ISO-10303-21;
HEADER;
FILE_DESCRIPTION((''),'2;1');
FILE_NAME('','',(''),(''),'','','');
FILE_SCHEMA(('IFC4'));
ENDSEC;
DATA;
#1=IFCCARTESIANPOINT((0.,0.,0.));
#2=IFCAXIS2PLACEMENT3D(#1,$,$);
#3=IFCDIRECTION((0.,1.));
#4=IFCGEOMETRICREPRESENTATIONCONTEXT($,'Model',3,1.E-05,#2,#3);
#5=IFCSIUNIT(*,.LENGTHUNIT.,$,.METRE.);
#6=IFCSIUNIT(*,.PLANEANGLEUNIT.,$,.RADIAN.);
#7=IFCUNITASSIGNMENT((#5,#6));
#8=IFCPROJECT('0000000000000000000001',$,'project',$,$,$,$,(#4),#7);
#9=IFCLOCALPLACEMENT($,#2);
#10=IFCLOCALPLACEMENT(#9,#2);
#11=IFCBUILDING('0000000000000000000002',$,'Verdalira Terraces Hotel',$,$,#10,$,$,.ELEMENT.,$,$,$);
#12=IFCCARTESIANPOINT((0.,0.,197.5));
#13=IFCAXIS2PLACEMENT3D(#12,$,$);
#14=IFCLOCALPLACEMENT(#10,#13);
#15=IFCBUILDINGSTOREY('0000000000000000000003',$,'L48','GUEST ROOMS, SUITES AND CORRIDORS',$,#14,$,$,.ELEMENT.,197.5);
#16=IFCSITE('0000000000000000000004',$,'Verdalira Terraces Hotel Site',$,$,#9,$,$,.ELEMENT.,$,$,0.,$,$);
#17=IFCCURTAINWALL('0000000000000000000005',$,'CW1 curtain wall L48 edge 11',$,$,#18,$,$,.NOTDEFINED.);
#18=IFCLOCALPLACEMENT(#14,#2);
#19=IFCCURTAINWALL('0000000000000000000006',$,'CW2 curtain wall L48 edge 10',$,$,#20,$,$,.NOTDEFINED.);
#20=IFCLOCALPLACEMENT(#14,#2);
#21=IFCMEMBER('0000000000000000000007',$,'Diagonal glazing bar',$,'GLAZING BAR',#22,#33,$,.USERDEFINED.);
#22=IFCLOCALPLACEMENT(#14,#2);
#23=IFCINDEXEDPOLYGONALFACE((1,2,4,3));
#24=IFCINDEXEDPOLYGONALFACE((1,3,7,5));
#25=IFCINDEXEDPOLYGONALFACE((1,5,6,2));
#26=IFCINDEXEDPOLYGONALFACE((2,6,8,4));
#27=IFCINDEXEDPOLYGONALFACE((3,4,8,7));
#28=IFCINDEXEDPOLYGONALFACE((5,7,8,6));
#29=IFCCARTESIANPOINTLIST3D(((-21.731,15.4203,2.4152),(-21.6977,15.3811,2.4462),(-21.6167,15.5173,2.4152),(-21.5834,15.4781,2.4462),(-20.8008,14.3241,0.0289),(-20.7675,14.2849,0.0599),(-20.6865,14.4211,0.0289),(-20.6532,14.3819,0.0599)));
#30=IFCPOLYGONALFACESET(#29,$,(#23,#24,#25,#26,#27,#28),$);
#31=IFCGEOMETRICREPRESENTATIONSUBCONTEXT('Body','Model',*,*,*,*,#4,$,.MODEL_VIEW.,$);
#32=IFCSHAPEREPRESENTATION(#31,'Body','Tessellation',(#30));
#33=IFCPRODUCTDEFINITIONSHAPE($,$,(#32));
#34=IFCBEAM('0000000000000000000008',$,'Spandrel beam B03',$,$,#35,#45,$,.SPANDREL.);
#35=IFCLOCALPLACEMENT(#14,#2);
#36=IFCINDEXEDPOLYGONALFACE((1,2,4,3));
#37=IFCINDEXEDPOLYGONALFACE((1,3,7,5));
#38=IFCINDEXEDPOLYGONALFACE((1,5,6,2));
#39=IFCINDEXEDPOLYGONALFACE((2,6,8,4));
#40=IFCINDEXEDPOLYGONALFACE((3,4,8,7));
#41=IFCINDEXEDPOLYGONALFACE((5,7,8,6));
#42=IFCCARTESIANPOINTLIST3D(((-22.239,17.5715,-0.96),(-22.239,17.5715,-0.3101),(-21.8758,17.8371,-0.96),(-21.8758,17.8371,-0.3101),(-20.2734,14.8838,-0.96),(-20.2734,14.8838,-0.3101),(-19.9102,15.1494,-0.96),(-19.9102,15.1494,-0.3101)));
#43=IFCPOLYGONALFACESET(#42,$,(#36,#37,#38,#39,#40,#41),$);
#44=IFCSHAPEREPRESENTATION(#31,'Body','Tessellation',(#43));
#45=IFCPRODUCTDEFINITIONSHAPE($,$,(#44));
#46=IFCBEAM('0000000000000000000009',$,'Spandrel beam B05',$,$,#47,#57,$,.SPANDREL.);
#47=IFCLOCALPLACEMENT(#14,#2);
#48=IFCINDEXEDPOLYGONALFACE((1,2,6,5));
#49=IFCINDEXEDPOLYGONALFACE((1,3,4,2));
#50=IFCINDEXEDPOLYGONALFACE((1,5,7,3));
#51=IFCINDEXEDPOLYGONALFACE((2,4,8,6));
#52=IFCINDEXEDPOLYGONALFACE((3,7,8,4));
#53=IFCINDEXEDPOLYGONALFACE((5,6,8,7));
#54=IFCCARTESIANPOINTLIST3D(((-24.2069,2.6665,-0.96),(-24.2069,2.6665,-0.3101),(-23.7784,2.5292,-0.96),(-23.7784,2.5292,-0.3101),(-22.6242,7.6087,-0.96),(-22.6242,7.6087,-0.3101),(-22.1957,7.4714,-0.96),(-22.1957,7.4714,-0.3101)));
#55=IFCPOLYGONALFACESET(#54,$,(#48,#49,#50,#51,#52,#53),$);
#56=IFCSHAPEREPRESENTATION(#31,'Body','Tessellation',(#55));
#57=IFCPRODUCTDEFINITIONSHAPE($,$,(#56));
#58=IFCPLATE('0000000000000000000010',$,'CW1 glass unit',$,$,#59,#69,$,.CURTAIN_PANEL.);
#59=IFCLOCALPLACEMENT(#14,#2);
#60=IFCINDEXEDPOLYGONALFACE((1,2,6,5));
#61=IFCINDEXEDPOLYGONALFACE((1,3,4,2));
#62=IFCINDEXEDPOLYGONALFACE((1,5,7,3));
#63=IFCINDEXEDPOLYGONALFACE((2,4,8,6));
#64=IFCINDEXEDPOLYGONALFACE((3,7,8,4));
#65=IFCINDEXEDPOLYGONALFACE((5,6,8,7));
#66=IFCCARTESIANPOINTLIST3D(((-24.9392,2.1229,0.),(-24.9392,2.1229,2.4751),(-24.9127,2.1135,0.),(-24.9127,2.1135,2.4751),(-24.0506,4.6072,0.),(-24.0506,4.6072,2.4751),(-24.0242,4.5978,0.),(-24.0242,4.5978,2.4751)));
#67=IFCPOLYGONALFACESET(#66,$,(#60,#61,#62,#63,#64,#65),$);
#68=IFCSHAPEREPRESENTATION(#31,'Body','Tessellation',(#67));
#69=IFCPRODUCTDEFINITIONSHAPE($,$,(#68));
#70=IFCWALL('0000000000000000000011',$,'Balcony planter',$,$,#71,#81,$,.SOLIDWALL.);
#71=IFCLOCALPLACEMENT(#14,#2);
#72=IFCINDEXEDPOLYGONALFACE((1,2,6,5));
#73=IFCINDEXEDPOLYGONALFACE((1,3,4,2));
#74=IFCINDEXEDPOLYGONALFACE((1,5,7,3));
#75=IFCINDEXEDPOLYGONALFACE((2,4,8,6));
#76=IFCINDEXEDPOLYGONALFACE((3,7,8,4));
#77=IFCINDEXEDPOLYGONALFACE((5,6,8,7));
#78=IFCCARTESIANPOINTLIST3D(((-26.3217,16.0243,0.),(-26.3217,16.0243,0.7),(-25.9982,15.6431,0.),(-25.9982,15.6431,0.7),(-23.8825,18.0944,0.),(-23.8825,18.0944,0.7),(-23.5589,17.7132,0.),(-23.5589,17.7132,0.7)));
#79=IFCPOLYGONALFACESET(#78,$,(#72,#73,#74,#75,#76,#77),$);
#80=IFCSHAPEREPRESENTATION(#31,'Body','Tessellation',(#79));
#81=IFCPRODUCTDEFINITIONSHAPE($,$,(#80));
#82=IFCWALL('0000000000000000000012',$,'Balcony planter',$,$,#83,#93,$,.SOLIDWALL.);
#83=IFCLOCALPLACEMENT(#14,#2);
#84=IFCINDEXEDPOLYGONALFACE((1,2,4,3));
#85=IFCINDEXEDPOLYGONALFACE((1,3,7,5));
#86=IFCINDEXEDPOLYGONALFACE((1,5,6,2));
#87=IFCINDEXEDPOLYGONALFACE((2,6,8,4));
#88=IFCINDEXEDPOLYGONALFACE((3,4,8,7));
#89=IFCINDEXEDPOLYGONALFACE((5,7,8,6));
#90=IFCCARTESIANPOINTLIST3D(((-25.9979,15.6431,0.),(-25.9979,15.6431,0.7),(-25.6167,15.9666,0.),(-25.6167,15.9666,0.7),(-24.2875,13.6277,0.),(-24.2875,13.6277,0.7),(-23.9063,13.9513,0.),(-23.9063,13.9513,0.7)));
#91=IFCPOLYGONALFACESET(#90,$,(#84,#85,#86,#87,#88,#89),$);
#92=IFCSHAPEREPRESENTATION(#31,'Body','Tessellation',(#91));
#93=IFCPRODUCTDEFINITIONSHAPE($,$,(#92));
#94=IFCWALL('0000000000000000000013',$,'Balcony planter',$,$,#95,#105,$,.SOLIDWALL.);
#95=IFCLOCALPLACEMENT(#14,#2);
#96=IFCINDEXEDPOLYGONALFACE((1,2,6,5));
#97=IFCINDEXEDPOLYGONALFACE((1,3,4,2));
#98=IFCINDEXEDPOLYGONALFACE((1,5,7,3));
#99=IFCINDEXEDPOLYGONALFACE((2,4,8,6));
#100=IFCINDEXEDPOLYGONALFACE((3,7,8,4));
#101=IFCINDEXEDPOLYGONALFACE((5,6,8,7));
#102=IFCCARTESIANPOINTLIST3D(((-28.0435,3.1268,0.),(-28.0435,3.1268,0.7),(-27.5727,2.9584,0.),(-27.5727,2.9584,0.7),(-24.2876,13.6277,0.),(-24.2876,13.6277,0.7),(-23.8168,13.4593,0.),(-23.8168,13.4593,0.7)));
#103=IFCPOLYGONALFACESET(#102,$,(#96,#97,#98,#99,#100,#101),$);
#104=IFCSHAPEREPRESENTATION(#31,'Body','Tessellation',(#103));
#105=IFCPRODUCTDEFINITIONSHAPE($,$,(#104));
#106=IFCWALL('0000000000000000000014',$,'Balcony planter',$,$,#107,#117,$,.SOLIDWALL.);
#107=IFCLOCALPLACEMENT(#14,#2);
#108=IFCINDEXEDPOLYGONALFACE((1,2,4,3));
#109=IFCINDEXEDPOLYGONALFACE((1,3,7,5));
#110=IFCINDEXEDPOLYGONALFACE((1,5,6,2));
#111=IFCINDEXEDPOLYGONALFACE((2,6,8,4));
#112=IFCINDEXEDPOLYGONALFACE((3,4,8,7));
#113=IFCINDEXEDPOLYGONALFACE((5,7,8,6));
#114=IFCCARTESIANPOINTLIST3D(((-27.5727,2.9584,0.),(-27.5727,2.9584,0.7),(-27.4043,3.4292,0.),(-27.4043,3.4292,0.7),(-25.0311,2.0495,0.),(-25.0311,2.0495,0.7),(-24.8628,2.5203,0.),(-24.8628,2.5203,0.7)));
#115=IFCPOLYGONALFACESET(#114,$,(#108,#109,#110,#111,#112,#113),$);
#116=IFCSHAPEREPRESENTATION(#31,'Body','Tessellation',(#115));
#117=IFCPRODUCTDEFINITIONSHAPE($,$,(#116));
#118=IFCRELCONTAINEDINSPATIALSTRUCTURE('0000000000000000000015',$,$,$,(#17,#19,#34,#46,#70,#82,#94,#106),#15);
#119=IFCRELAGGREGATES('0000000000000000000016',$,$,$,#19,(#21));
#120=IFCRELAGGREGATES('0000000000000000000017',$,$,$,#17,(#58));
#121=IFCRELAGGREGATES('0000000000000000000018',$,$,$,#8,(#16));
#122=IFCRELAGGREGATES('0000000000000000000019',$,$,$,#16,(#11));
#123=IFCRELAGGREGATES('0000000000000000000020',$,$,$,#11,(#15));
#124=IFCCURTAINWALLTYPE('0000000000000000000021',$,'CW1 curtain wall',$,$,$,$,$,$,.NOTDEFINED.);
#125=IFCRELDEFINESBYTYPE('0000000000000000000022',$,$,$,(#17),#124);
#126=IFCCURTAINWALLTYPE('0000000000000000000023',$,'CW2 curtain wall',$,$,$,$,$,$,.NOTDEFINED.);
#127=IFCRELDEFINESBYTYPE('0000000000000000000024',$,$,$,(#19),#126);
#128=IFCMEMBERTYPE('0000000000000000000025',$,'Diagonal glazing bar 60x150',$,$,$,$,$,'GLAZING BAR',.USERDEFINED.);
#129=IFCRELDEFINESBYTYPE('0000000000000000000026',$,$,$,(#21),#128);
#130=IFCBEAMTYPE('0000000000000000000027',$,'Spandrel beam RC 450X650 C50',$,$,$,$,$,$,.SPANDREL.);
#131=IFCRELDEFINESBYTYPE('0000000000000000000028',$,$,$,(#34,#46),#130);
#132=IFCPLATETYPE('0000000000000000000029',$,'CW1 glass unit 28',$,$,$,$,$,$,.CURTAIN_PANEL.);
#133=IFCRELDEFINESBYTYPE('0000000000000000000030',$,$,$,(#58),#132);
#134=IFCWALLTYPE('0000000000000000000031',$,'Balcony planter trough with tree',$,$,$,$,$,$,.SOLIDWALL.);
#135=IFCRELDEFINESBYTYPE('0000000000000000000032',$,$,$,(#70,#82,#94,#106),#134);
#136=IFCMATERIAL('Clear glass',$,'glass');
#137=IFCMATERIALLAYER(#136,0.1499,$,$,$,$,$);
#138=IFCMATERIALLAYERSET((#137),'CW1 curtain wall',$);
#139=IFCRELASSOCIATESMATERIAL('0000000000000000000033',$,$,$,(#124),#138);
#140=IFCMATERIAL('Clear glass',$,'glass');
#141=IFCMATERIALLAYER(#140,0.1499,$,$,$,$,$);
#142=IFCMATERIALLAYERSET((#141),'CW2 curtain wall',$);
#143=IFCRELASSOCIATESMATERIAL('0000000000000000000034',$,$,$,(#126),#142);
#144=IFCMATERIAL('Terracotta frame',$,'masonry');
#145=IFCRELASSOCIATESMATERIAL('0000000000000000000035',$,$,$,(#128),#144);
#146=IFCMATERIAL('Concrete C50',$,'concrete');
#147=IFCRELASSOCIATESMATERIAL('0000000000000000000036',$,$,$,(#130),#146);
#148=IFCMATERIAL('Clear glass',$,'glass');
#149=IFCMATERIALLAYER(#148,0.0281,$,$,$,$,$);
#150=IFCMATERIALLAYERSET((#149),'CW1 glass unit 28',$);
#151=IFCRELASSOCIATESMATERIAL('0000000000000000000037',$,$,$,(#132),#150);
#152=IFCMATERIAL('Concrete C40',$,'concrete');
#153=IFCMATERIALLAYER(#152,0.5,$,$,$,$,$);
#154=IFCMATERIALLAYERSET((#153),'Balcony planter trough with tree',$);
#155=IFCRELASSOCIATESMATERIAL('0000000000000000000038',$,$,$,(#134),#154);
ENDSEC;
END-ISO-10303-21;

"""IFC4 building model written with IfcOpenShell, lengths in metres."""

from ifc_helpers import new_model, si_unit, direction, frame, frame_2d, origin, origin_2d, place, context, subcontext, project, spatial, rectangle, extrude, material, layer, layer_set, material_profile, profile_set, type_object, element, aggregate, save


model = new_model("IFC4")

# Units and contexts
model_context = context("Model", 3, precision=1e-05, world=origin(), true_north=direction((0.0, 1.0)))
body_context = subcontext(model_context, "Body", "Model", "MODEL_VIEW")
ifc_project = project(units=[si_unit("LENGTHUNIT", "METRE"), si_unit("PLANEANGLEUNIT", "RADIAN")], contexts=[model_context])

# Site, building, storey
site_placement = place(None, origin())
site = spatial("IfcSite", under=ifc_project, at=site_placement, Name="Verdalira Terraces Hotel Site", CompositionType="ELEMENT", RefElevation=0.0)
building_placement = place(site_placement, origin())
building = spatial("IfcBuilding", under=site, at=building_placement, Name="Verdalira Terraces Hotel", CompositionType="ELEMENT")
storey_placement = place(building_placement, frame((0.0, 0.0, 197.5)))
storey = spatial("IfcBuildingStorey", under=building, at=storey_placement, Name="L48", Description="GUEST ROOMS, SUITES AND CORRIDORS", CompositionType="ELEMENT", Elevation=197.5)

# Curtain wall
ifc_material_1 = material(Name="Clear glass", Category="glass")
ifc_layer_1 = layer(ifc_material_1, 0.1499)
ifc_layer_set_1 = layer_set([ifc_layer_1], Name="CW1 curtain wall")
curtain_wall_type_1 = type_object("IfcCurtainWallType", Name="CW1 curtain wall", PredefinedType="NOTDEFINED", material=ifc_layer_set_1)
curtain_wall_1_placement = place(storey_placement, origin())
curtain_wall_1 = element("IfcCurtainWall", 1, at=curtain_wall_1_placement, inside=storey, type_object=curtain_wall_type_1, Name="CW1 curtain wall L48 edge 11", PredefinedType="NOTDEFINED")

# Curtain wall, member
ifc_material_2 = material(Name="Clear glass", Category="glass")
ifc_layer_2 = layer(ifc_material_2, 0.1499)
ifc_layer_set_2 = layer_set([ifc_layer_2], Name="CW2 curtain wall")
curtain_wall_type_2 = type_object("IfcCurtainWallType", Name="CW2 curtain wall", PredefinedType="NOTDEFINED", material=ifc_layer_set_2)
curtain_wall_2_placement = place(storey_placement, origin())
curtain_wall_2 = element("IfcCurtainWall", 2, at=curtain_wall_2_placement, inside=storey, type_object=curtain_wall_type_2, Name="CW2 curtain wall L48 edge 10", PredefinedType="NOTDEFINED")
ifc_material_3 = material(Name="Terracotta frame", Category="masonry")
ifc_material_profile_1 = material_profile(ifc_material_3, rectangle(XDim=0.1499, YDim=0.0601, at=origin_2d()), Name="GB 60x150")
ifc_profile_set_1 = profile_set([ifc_material_profile_1], Name="Terracotta frame")
member_type_1 = type_object("IfcMemberType", Name="Diagonal glazing bar 60x150", ElementType="GLAZING BAR", PredefinedType="USERDEFINED", material=ifc_profile_set_1)
member_1_placement = place(storey_placement, frame((-21.6572, 15.4492, 2.4307), z_axis=(0.333893, -0.393485, -0.856554), x_axis=(0.762484, 0.647007, 0.0)))
member_1 = element("IfcMember", 3, at=member_1_placement, type_object=member_type_1, Name="Diagonal glazing bar", ObjectType="GLAZING BAR", PredefinedType="USERDEFINED", context=body_context, shape_type="SweptSolid", body=[
    extrude(rectangle(XDim=0.1499, YDim=0.0601, at=origin_2d()), origin(), (0.0, 0.0, 1.0), 2.7859),
])
aggregate(curtain_wall_2, [member_1])

# Beams
ifc_material_4 = material(Name="Concrete C50", Category="concrete")
ifc_material_profile_2 = material_profile(ifc_material_4, rectangle(XDim=0.45, YDim=0.6499, at=origin_2d()), Name="RC 450X650")
ifc_profile_set_2 = profile_set([ifc_material_profile_2], Name="Concrete C50")
beam_type_1 = type_object("IfcBeamType", Name="Spandrel beam RC 450X650 C50", PredefinedType="SPANDREL", material=ifc_profile_set_2)
beam_1_placement = place(storey_placement, frame((-22.0574, 17.7043, -0.635), z_axis=(0.590301, -0.807183, 0.0), x_axis=(0.807183, 0.590301, 0.0)))
element("IfcBeam", 4, at=beam_1_placement, inside=storey, type_object=beam_type_1, Name="Spandrel beam B03", PredefinedType="SPANDREL", context=body_context, shape_type="SweptSolid", body=[
    extrude(rectangle(XDim=0.45, YDim=0.6499, at=origin_2d()), origin(), (0.0, 0.0, 1.0), 3.3298),
])
beam_2_placement = place(storey_placement, frame((-22.4099, 7.54, -0.635), z_axis=(-0.304999, -0.952353, 0.0), x_axis=(0.952353, -0.304999, 0.0)))
element("IfcBeam", 5, at=beam_2_placement, inside=storey, type_object=beam_type_1, Name="Spandrel beam B05", PredefinedType="SPANDREL", context=body_context, shape_type="SweptSolid", body=[
    extrude(rectangle(XDim=0.45, YDim=0.6499, at=origin_2d()), origin(), (0.0, 0.0, 1.0), 5.1895),
])

# Plate
ifc_material_5 = material(Name="Clear glass", Category="glass")
ifc_layer_3 = layer(ifc_material_5, 0.0281)
ifc_layer_set_3 = layer_set([ifc_layer_3], Name="CW1 glass unit 28")
plate_type = type_object("IfcPlateType", Name="CW1 glass unit 28", PredefinedType="CURTAIN_PANEL", material=ifc_layer_set_3)
plate_placement = place(storey_placement, frame((-24.4817, 3.3604, 0.0), z_axis=(0.0, 0.0, 1.0), x_axis=(-0.336767, -0.941588, 0.0)))
plate = element("IfcPlate", 6, at=plate_placement, type_object=plate_type, Name="CW1 glass unit", PredefinedType="CURTAIN_PANEL", context=body_context, shape_type="SweptSolid", body=[
    extrude(rectangle(XDim=2.6384, YDim=0.0281, at=origin_2d()), origin(), (0.0, 0.0, 1.0), 2.4751),
])
aggregate(curtain_wall_1, [plate])

# Walls
ifc_material_6 = material(Name="Concrete C40", Category="concrete")
ifc_layer_4 = layer(ifc_material_6, 0.5)
ifc_layer_set_4 = layer_set([ifc_layer_4], Name="Balcony planter trough with tree")
wall_type_1 = type_object("IfcWallType", Name="Balcony planter trough with tree", PredefinedType="SOLIDWALL", material=ifc_layer_set_4)
wall_1_placement = place(storey_placement, frame((-23.7207, 17.9038, 0.0), z_axis=(0.0, 0.0, 1.0), x_axis=(-0.762442, -0.647057, 0.0)))
element("IfcWall", 7, at=wall_1_placement, inside=storey, type_object=wall_type_1, Name="Balcony planter", PredefinedType="SOLIDWALL", context=body_context, shape_type="SweptSolid", body=[
    extrude(rectangle(XDim=3.1992, YDim=0.5, at=frame_2d((1.5996, 0.0))), origin(), (0.0, 0.0, 1.0), 0.7),
])
wall_2_placement = place(storey_placement, frame((-25.8074, 15.8049, 0.0), z_axis=(0.0, 0.0, 1.0), x_axis=(0.647072, -0.762429, 0.0)))
element("IfcWall", 8, at=wall_2_placement, inside=storey, type_object=wall_type_1, Name="Balcony planter", PredefinedType="SOLIDWALL", context=body_context, shape_type="SweptSolid", body=[
    extrude(rectangle(XDim=2.6433, YDim=0.5, at=frame_2d((1.3218, 0.0))), origin(), (0.0, 0.0, 1.0), 0.7),
])
wall_3_placement = place(storey_placement, frame((-24.0522, 13.5435, 0.0), z_axis=(0.0, 0.0, 1.0), x_axis=(-0.336775, -0.941585, 0.0)))
element("IfcWall", 9, at=wall_3_placement, inside=storey, type_object=wall_type_1, Name="Balcony planter", PredefinedType="SOLIDWALL", context=body_context, shape_type="SweptSolid", body=[
    extrude(rectangle(XDim=11.1523, YDim=0.5, at=frame_2d((5.5762, 0.0))), origin(), (0.0, 0.0, 1.0), 0.7),
])
wall_4_placement = place(storey_placement, frame((-27.4885, 3.1938, 0.0), z_axis=(0.0, 0.0, 1.0), x_axis=(0.941594, -0.336749, 0.0)))
element("IfcWall", 10, at=wall_4_placement, inside=storey, type_object=wall_type_1, Name="Balcony planter", PredefinedType="SOLIDWALL", context=body_context, shape_type="SweptSolid", body=[
    extrude(rectangle(XDim=2.6992, YDim=0.5, at=frame_2d((1.3496, 0.0))), origin(), (0.0, 0.0, 1.0), 0.7),
])

save(model, "model.ifc")
